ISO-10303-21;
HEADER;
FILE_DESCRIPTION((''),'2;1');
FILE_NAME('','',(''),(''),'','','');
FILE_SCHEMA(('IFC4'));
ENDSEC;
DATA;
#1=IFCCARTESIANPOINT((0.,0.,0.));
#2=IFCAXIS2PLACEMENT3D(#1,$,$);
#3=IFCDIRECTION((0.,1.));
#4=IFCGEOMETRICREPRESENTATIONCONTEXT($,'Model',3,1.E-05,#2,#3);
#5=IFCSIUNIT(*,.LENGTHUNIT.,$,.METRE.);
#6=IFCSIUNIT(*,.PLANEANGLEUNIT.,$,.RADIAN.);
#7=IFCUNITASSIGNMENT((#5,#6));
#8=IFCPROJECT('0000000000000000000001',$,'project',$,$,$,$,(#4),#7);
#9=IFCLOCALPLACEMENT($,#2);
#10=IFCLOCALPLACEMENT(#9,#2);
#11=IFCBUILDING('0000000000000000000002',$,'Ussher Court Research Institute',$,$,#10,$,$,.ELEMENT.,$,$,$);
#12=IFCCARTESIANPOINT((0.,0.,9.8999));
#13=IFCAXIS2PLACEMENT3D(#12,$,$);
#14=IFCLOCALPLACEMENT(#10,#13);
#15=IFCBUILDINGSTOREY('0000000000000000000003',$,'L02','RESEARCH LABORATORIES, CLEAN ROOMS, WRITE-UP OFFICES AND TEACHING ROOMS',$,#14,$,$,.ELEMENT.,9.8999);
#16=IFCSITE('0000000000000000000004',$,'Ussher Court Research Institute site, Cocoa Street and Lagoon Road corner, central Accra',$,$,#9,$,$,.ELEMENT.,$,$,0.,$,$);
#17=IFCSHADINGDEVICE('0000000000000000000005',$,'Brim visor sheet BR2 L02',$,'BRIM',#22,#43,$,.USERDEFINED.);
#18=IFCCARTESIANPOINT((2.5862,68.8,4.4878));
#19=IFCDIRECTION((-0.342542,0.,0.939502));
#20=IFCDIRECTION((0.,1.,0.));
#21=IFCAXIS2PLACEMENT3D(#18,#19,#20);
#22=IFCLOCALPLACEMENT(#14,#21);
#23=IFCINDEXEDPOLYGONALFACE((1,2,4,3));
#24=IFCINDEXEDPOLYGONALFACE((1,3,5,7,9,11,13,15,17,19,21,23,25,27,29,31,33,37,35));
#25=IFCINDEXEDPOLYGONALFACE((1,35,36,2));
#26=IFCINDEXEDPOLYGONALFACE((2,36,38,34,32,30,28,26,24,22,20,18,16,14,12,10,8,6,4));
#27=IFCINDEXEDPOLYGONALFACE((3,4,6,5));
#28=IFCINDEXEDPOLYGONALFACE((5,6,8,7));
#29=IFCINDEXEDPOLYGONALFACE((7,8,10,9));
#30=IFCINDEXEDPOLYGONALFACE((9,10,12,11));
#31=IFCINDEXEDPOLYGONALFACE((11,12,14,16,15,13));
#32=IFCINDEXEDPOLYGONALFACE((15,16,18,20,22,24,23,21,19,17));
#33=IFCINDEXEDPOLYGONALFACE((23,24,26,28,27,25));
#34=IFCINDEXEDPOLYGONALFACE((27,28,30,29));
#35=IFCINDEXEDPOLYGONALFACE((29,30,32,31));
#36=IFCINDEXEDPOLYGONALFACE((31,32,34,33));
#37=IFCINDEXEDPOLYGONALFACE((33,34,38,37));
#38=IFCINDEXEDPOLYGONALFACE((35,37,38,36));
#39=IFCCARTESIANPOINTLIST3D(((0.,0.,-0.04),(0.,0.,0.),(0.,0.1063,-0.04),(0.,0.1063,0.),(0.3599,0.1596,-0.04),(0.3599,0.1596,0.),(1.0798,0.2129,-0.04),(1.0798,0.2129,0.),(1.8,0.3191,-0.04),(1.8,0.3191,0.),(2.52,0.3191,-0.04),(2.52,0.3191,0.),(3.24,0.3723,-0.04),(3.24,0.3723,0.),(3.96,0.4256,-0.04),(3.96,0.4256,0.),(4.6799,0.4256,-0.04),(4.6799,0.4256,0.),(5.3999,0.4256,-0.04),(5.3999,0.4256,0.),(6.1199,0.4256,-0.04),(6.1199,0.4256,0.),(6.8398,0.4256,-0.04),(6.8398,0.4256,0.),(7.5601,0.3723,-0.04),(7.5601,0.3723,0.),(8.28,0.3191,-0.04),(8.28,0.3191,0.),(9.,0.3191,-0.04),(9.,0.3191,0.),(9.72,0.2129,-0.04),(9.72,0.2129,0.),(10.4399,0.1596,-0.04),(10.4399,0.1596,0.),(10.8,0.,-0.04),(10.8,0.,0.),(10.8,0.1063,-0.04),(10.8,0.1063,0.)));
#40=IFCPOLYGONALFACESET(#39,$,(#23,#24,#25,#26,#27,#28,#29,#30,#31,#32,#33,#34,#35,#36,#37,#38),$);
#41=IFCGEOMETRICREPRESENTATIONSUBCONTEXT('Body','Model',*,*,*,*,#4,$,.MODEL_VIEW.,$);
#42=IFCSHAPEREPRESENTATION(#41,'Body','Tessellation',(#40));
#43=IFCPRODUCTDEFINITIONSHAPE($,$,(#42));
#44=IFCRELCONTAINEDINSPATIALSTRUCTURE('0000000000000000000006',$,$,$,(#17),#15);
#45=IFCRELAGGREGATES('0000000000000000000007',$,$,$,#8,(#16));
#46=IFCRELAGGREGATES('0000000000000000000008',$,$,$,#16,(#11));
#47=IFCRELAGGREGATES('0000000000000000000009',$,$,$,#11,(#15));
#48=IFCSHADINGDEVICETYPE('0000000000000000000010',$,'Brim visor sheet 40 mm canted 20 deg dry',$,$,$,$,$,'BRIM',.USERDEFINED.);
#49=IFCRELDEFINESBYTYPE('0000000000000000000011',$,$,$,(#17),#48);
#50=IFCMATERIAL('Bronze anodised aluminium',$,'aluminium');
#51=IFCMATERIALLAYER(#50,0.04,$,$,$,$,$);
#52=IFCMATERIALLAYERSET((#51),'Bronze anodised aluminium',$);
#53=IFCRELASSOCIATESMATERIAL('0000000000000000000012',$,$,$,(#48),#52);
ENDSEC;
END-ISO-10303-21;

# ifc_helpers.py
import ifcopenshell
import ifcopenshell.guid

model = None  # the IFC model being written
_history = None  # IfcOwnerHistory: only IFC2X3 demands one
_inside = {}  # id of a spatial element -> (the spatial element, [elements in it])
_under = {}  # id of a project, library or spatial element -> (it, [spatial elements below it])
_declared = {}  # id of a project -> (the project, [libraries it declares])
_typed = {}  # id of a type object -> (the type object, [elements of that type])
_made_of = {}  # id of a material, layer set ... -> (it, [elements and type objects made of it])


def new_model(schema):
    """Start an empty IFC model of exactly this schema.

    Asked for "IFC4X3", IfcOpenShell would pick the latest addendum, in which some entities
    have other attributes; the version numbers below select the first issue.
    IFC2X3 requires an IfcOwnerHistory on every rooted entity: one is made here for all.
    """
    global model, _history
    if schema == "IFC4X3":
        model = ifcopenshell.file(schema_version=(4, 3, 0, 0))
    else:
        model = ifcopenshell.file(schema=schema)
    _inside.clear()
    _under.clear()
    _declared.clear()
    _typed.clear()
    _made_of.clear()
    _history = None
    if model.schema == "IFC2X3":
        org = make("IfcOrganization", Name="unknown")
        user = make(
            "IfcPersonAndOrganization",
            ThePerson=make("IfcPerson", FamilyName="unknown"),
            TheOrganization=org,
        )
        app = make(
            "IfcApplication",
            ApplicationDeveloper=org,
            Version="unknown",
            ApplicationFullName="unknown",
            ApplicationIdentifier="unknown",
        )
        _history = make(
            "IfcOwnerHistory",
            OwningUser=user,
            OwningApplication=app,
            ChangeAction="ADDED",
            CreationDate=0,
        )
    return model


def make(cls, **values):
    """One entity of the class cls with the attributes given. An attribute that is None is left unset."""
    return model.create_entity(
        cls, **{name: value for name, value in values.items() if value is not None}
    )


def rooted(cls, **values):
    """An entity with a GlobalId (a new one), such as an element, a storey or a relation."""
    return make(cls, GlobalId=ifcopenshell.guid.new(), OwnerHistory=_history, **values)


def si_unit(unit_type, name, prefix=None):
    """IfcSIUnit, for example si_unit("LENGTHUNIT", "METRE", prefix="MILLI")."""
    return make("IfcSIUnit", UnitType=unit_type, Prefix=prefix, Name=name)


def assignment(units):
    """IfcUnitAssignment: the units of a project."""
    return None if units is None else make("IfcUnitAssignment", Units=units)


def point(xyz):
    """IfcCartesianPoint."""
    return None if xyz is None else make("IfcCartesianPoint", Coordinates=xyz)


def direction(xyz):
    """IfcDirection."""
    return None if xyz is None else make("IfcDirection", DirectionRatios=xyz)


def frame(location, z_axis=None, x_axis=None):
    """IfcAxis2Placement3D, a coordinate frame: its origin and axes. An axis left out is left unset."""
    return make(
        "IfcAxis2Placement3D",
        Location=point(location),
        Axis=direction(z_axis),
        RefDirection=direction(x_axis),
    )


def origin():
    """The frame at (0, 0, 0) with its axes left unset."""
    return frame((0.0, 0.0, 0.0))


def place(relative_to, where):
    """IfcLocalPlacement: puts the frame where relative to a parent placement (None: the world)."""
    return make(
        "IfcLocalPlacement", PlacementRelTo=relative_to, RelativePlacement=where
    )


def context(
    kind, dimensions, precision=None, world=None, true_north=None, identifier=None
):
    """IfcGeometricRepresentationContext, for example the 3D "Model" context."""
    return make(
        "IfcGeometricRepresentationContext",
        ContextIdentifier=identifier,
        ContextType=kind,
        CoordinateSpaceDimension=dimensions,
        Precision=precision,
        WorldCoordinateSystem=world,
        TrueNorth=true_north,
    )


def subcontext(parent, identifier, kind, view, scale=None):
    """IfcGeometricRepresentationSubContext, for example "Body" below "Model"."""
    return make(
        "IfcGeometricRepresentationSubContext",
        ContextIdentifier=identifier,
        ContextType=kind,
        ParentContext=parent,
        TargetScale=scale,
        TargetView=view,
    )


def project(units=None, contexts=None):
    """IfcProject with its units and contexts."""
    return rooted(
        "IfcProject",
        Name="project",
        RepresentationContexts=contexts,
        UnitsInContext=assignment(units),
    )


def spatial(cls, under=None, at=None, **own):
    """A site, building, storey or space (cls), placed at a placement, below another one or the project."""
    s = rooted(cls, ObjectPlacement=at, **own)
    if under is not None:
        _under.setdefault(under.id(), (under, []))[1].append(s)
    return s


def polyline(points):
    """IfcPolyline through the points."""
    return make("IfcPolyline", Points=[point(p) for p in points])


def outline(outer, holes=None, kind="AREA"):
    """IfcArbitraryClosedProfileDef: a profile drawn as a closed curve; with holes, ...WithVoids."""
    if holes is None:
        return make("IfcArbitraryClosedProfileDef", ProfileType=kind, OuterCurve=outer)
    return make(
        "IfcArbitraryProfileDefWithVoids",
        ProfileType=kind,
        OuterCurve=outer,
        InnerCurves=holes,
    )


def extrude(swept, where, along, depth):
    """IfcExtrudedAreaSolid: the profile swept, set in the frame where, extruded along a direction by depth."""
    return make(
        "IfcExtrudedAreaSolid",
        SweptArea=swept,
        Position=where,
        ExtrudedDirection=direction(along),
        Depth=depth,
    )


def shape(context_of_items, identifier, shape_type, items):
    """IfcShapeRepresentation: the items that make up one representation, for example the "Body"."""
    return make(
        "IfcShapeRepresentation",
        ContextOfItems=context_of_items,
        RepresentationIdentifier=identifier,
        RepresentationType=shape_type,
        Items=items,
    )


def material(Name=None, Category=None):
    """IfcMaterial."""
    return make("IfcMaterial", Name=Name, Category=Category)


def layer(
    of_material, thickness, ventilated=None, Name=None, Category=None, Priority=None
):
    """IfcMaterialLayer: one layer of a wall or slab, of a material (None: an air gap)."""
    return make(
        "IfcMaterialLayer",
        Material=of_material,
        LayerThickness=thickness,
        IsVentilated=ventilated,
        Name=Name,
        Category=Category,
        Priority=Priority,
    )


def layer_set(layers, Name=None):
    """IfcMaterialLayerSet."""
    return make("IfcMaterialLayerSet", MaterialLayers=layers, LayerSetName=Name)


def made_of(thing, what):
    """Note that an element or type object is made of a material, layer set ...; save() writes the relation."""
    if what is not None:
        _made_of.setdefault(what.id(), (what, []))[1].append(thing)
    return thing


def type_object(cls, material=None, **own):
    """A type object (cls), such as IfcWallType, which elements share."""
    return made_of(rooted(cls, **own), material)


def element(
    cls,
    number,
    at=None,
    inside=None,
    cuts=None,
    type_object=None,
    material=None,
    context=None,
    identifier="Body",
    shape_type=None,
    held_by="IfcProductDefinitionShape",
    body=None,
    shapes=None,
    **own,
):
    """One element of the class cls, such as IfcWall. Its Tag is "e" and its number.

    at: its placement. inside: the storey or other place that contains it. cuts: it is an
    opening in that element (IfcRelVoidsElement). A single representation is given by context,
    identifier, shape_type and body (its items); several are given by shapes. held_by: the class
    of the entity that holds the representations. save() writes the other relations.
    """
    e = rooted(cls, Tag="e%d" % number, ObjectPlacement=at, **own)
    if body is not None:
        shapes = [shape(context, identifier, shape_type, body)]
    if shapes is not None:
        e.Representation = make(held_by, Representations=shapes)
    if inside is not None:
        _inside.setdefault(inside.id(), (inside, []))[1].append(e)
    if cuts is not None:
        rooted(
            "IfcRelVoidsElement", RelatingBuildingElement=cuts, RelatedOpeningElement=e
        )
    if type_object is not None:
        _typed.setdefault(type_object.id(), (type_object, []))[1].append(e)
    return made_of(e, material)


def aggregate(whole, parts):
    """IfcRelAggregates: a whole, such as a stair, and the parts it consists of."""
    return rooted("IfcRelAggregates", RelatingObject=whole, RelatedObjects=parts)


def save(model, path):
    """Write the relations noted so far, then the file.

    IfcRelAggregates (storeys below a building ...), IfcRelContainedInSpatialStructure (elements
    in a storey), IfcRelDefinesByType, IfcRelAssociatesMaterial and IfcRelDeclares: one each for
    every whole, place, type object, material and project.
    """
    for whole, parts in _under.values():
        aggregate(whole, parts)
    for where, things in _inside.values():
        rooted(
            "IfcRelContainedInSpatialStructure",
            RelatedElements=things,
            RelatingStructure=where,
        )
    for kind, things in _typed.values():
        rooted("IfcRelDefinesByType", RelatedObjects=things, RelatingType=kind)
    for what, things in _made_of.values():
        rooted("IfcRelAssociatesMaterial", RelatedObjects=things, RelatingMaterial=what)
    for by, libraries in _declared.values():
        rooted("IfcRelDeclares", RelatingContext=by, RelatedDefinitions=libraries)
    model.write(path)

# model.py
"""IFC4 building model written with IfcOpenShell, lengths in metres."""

from ifc_helpers import new_model, si_unit, direction, frame, origin, place, context, subcontext, project, spatial, polyline, outline, extrude, material, layer, layer_set, type_object, element, save


model = new_model("IFC4")

# Units and contexts
model_context = context("Model", 3, precision=1e-05, world=origin(), true_north=direction((0.0, 1.0)))
body_context = subcontext(model_context, "Body", "Model", "MODEL_VIEW")
ifc_project = project(units=[si_unit("LENGTHUNIT", "METRE"), si_unit("PLANEANGLEUNIT", "RADIAN")], contexts=[model_context])

# Site, building, storey
site_placement = place(None, origin())
site = spatial("IfcSite", under=ifc_project, at=site_placement, Name="Ussher Court Research Institute site, Cocoa Street and Lagoon Road corner, central Accra", CompositionType="ELEMENT", RefElevation=0.0)
building_placement = place(site_placement, origin())
building = spatial("IfcBuilding", under=site, at=building_placement, Name="Ussher Court Research Institute", CompositionType="ELEMENT")
storey_placement = place(building_placement, frame((0.0, 0.0, 9.8999)))
storey = spatial("IfcBuildingStorey", under=building, at=storey_placement, Name="L02", Description="RESEARCH LABORATORIES, CLEAN ROOMS, WRITE-UP OFFICES AND TEACHING ROOMS", CompositionType="ELEMENT", Elevation=9.8999)

# Shading device
ifc_material_1 = material(Name="Bronze anodised aluminium", Category="aluminium")
ifc_layer_1 = layer(ifc_material_1, 0.04)
ifc_layer_set_1 = layer_set([ifc_layer_1], Name="Bronze anodised aluminium")
shading_device_type_1 = type_object("IfcShadingDeviceType", Name="Brim visor sheet 40 mm canted 20 deg dry", ElementType="BRIM", PredefinedType="USERDEFINED", material=ifc_layer_set_1)
shading_device_1_placement = place(storey_placement, frame((2.5862, 68.8, 4.4878), z_axis=(-0.342542, 0.0, 0.939502), x_axis=(0.0, 1.0, 0.0)))
element("IfcShadingDevice", 1, at=shading_device_1_placement, inside=storey, type_object=shading_device_type_1, Name="Brim visor sheet BR2 L02", ObjectType="BRIM", PredefinedType="USERDEFINED", context=body_context, shape_type="SweptSolid", body=[
    extrude(outline(polyline([(0.0, 0.0), (10.8, 0.0), (10.8, 0.1063), (10.4399, 0.1596), (9.72, 0.2129), (9.0, 0.3191), (8.28, 0.3191), (7.5601, 0.3723), (6.8398, 0.4256), (6.1199, 0.4256), (5.3999, 0.4256), (4.6799, 0.4256), (3.96, 0.4256), (3.24, 0.3723), (2.52, 0.3191), (1.8, 0.3191), (1.0798, 0.2129), (0.3599, 0.1596), (0.0, 0.1063), (0.0, 0.0)])), origin(), (0.0, 0.0, -1.0), 0.04),
])

save(model, "model.ifc")
